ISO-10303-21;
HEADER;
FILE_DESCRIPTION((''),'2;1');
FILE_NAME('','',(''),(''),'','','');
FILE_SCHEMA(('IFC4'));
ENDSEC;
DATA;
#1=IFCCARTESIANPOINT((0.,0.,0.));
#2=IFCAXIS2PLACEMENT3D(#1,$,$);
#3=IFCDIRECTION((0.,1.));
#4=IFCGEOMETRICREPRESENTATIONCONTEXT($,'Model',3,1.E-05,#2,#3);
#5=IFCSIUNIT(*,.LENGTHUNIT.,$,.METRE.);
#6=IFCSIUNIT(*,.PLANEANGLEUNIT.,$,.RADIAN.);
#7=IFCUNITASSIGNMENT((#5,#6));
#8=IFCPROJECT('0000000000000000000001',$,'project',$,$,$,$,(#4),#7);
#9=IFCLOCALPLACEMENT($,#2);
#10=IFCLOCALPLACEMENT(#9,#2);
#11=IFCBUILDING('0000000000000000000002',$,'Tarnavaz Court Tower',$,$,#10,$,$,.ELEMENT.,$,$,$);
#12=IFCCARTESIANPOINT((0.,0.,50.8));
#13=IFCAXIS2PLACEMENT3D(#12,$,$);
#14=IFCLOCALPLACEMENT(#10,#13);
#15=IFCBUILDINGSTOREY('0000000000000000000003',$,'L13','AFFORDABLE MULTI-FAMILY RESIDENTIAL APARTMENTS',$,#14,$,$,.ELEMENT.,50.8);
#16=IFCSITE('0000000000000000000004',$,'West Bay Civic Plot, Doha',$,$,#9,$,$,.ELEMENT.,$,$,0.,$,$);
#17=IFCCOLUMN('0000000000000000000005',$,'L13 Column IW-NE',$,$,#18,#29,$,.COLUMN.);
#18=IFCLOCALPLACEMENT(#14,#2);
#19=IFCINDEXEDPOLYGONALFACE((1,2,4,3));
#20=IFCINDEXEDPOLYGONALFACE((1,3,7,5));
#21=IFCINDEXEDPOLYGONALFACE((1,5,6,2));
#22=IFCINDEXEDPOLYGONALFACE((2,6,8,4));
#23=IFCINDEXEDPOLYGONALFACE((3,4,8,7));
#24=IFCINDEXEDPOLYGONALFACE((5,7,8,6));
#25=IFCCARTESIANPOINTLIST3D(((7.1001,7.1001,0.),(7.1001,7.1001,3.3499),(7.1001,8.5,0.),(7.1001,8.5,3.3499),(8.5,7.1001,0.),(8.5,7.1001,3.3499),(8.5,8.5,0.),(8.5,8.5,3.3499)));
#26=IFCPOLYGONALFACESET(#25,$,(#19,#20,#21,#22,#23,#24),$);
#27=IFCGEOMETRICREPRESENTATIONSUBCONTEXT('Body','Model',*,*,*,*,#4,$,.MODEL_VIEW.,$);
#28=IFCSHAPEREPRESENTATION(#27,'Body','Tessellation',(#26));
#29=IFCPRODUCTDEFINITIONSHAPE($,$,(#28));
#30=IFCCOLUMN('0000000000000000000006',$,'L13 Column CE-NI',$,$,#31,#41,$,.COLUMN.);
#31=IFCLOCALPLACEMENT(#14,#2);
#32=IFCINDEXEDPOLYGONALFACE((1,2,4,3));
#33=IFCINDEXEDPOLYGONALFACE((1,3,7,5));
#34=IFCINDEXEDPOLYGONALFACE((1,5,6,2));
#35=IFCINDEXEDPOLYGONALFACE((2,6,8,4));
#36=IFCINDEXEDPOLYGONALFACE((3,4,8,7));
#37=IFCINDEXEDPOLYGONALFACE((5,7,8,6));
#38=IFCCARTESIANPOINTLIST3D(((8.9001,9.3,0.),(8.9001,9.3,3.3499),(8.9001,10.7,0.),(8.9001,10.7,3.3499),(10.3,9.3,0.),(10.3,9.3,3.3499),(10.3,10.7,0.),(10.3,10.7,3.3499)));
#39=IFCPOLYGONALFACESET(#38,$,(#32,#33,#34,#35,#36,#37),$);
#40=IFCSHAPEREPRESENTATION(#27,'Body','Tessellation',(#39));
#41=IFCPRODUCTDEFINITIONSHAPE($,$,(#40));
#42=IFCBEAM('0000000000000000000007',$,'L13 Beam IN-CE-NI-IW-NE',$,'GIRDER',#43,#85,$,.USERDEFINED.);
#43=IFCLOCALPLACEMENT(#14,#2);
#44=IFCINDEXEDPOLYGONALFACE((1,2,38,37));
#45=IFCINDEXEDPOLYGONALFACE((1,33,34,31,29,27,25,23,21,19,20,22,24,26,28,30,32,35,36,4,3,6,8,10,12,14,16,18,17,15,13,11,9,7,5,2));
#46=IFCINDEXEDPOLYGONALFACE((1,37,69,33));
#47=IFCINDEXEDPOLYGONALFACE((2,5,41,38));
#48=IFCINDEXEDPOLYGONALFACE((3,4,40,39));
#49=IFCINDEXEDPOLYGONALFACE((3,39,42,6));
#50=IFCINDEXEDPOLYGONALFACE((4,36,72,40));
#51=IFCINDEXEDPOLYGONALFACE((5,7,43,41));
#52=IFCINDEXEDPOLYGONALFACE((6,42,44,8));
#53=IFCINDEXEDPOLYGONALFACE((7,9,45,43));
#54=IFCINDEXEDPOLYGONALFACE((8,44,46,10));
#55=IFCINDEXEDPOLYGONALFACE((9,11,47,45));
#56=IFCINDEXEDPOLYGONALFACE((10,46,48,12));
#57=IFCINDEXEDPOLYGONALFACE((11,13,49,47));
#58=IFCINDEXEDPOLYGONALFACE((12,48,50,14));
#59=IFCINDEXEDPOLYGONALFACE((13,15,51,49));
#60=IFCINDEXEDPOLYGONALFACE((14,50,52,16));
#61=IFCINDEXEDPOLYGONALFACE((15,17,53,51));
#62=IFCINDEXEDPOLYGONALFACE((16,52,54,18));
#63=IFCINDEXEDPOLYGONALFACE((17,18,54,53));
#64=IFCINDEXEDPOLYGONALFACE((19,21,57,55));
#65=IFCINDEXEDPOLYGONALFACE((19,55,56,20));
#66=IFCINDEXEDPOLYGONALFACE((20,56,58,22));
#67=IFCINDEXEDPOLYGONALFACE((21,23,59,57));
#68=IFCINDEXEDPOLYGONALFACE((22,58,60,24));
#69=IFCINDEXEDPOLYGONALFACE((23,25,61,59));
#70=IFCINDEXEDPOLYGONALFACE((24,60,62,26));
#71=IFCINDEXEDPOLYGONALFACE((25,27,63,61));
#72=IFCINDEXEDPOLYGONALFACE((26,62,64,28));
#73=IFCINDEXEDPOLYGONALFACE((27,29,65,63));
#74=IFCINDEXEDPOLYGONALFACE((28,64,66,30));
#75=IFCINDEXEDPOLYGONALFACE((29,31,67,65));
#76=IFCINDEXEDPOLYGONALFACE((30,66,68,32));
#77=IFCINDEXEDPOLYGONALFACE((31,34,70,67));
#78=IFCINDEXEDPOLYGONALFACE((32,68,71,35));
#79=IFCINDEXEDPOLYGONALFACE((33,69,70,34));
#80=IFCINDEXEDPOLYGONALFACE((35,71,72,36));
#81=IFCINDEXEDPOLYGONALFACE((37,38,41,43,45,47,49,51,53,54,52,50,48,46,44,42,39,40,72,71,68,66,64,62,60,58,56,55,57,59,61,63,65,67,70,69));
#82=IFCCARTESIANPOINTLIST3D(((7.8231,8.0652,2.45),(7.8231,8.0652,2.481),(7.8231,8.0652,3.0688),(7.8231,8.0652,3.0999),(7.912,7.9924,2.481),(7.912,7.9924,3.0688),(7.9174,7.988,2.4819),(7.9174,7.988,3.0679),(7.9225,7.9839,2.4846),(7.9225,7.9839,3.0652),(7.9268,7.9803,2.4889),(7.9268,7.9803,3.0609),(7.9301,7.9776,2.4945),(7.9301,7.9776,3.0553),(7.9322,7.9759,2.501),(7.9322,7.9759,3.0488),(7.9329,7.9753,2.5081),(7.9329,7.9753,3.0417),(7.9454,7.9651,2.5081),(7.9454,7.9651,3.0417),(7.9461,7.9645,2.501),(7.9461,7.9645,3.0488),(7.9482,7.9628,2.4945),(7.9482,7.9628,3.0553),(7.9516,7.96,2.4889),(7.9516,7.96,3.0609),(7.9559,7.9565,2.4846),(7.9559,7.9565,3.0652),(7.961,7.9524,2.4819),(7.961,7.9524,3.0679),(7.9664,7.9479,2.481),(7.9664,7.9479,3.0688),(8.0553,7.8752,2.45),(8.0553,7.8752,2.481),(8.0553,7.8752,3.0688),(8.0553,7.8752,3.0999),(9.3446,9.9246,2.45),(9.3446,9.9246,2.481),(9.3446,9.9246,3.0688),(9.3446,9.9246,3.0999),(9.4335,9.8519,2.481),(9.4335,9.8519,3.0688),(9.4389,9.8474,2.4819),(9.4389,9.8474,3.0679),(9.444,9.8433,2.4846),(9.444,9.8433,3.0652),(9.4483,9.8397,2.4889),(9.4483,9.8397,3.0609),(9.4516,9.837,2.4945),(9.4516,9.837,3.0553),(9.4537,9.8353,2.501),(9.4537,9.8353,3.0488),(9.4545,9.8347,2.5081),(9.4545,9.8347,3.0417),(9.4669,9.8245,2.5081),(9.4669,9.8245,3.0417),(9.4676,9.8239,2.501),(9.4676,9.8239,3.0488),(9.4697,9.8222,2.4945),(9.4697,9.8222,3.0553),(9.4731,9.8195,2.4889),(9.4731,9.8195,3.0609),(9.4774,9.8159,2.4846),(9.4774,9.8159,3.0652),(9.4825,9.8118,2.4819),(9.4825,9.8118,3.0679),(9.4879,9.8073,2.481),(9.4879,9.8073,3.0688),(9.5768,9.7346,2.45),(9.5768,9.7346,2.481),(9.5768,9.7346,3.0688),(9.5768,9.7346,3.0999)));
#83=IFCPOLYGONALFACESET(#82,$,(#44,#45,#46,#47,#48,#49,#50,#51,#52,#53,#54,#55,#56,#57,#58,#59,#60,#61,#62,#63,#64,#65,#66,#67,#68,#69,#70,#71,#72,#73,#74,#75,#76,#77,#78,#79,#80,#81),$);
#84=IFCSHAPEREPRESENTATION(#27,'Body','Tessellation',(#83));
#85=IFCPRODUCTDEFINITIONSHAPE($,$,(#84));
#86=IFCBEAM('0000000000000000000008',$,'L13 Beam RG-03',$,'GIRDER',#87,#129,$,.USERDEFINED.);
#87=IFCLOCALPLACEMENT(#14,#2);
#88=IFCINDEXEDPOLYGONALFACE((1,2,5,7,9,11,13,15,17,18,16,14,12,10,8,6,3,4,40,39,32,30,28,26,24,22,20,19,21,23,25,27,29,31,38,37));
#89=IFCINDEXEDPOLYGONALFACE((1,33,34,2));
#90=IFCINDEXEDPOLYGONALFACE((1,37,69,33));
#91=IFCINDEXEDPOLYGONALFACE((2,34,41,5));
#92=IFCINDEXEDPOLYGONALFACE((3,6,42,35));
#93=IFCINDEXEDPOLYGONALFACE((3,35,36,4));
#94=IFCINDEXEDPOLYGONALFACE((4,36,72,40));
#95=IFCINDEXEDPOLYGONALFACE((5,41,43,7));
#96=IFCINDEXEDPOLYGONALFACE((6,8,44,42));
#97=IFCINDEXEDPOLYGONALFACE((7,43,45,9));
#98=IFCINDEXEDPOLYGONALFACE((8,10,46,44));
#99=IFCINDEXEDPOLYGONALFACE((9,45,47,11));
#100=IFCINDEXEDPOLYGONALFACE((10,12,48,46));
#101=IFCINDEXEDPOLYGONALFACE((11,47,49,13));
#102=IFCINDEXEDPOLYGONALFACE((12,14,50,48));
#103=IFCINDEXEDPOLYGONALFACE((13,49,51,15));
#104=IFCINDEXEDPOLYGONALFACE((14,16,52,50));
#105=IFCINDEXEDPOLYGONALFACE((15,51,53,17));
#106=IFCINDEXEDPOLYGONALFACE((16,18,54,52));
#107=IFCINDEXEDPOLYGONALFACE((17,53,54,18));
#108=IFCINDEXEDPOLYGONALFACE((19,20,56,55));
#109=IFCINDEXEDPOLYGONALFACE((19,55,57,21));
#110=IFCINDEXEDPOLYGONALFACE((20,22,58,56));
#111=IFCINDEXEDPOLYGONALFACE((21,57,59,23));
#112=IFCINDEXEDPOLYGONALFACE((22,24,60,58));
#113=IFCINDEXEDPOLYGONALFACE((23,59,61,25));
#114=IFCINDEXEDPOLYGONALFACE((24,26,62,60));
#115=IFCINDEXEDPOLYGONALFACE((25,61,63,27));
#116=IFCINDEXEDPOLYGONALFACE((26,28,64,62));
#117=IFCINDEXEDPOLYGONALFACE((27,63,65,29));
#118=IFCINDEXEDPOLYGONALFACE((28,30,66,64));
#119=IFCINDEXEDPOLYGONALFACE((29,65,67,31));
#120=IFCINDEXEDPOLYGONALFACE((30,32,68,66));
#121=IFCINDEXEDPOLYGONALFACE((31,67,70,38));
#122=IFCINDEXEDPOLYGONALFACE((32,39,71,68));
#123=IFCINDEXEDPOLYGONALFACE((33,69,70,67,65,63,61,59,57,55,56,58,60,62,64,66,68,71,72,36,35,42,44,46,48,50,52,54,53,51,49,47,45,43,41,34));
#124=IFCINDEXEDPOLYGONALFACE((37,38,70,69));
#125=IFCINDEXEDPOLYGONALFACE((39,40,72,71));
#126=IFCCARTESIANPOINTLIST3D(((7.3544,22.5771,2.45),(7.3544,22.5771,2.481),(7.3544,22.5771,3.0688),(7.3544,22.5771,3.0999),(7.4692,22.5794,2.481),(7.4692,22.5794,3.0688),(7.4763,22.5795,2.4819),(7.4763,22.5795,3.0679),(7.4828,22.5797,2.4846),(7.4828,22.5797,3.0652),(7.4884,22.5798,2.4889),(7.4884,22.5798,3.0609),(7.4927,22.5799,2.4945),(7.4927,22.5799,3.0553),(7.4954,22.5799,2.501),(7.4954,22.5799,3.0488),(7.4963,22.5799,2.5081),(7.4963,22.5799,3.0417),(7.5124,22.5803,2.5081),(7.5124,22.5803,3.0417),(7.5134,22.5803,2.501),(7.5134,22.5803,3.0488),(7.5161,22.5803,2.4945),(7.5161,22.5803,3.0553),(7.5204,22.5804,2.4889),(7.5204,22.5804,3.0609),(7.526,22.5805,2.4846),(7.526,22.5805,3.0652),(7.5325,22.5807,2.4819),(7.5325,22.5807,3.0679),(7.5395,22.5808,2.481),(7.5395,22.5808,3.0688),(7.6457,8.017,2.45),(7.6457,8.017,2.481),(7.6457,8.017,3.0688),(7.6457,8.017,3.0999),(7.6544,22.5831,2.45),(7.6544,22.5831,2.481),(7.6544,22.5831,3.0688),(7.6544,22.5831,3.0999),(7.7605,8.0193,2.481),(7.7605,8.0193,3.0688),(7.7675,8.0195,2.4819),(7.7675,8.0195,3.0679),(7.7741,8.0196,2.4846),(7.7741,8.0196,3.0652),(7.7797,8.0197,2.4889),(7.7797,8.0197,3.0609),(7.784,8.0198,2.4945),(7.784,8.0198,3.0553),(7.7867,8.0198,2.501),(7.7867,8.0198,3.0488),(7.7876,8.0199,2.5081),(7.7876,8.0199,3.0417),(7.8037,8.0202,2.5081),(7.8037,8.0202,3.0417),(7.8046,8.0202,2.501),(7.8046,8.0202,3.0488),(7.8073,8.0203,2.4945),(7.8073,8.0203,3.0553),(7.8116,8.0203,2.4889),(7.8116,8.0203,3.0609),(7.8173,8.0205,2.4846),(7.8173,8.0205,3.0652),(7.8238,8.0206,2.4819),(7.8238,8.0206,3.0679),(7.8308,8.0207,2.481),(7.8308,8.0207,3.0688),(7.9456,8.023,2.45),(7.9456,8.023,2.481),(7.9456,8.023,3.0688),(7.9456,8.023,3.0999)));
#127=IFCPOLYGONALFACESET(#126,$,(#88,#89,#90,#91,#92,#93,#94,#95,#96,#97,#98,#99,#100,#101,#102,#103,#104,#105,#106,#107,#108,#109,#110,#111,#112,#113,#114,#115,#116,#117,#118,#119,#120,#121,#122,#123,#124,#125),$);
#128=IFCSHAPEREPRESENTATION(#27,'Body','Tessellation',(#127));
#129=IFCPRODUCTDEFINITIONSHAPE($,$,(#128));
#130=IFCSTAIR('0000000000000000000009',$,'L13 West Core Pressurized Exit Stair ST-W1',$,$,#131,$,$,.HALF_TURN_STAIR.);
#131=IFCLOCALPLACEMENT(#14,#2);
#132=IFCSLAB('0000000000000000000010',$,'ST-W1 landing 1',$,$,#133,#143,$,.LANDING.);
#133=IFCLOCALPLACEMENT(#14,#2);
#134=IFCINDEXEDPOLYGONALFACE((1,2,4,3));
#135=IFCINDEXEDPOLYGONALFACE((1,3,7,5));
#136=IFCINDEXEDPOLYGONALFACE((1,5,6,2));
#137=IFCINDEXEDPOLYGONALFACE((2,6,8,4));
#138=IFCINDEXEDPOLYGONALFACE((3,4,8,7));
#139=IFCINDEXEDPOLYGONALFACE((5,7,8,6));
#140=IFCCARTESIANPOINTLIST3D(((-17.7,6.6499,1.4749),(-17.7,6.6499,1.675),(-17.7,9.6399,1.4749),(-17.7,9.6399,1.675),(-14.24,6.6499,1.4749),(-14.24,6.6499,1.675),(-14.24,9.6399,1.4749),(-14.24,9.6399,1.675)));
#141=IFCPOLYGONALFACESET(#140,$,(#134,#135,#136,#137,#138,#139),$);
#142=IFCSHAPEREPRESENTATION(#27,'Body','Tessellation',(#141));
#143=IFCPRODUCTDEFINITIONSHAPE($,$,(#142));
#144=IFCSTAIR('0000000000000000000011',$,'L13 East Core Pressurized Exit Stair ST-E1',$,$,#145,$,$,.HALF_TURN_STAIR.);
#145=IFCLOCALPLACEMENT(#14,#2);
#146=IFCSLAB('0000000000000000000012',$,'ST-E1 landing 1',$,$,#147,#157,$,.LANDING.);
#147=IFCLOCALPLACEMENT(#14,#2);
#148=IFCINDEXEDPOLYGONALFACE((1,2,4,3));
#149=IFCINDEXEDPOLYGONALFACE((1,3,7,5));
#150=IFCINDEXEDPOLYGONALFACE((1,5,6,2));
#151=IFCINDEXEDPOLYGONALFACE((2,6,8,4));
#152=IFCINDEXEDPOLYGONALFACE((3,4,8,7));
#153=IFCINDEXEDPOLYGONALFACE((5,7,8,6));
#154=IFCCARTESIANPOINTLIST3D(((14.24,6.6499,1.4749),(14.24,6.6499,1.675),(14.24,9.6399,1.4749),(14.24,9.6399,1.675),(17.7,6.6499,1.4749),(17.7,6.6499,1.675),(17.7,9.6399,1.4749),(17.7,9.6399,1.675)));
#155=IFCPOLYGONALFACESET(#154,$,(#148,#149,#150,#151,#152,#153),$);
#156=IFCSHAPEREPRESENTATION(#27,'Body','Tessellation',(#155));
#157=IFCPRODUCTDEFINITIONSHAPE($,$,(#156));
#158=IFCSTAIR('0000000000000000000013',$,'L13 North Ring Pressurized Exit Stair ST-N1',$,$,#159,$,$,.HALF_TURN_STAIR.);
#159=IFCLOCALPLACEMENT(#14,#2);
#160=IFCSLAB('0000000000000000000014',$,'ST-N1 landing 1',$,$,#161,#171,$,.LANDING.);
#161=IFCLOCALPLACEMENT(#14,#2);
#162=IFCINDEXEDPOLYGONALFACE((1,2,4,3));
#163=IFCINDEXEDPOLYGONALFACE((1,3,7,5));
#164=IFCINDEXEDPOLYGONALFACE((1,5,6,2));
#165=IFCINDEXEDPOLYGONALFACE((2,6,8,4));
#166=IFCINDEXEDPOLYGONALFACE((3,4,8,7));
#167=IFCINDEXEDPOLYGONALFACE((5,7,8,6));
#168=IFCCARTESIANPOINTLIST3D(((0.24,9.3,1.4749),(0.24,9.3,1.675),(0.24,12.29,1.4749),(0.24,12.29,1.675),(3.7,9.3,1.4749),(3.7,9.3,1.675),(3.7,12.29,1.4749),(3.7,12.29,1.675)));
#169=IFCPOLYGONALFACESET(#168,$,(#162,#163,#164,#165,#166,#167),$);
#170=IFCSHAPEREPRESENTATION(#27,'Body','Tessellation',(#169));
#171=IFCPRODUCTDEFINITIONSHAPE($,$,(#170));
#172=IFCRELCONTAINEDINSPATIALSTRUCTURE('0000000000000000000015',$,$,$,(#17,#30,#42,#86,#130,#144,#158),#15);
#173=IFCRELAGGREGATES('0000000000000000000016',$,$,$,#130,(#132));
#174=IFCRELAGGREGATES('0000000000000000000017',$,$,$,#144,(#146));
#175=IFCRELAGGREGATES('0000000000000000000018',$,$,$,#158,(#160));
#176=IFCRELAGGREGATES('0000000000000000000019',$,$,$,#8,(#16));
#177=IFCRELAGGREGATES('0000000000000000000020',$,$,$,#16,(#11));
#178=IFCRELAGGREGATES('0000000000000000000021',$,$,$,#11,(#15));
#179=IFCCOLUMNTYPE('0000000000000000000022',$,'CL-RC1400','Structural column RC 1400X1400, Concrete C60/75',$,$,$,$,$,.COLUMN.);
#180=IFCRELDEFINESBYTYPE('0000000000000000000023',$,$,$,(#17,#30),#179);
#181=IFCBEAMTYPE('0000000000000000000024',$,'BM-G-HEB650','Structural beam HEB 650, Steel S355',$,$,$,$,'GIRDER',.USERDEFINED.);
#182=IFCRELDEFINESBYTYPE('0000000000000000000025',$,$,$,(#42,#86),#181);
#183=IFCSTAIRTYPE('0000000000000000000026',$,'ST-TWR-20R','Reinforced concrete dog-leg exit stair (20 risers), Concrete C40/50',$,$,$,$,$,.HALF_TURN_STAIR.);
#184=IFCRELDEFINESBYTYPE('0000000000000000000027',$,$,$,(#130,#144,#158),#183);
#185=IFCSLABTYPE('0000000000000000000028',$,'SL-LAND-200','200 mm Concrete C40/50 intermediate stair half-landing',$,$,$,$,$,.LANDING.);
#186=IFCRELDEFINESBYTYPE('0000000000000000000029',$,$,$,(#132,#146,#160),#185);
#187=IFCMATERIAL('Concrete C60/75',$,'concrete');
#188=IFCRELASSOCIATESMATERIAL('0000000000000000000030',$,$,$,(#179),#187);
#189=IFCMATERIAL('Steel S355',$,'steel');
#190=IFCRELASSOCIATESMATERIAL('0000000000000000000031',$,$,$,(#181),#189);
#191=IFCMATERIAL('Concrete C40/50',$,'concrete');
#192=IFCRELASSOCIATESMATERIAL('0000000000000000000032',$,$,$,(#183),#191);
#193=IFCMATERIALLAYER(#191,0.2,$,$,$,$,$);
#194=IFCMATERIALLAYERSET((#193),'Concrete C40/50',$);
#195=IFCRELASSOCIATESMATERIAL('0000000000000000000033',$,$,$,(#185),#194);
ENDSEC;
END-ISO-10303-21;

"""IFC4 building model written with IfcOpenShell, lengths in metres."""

from ifc_helpers import new_model, si_unit, direction, frame, origin, origin_2d, place, context, subcontext, project, spatial, polyline, rectangle, i_section, outline, extrude, material, layer, layer_set, material_profile, profile_set, type_object, element, aggregate, save


model = new_model("IFC4")

# Units and contexts
model_context = context("Model", 3, precision=1e-05, world=origin(), true_north=direction((0.0, 1.0)))
body_context = subcontext(model_context, "Body", "Model", "MODEL_VIEW")
ifc_project = project(units=[si_unit("LENGTHUNIT", "METRE"), si_unit("PLANEANGLEUNIT", "RADIAN")], contexts=[model_context])

# Site, building, storey
site_placement = place(None, origin())
site = spatial("IfcSite", under=ifc_project, at=site_placement, Name="West Bay Civic Plot, Doha", CompositionType="ELEMENT", RefElevation=0.0)
building_placement = place(site_placement, origin())
building = spatial("IfcBuilding", under=site, at=building_placement, Name="Tarnavaz Court Tower", CompositionType="ELEMENT")
storey_placement = place(building_placement, frame((0.0, 0.0, 50.8)))
storey = spatial("IfcBuildingStorey", under=building, at=storey_placement, Name="L13", Description="AFFORDABLE MULTI-FAMILY RESIDENTIAL APARTMENTS", CompositionType="ELEMENT", Elevation=50.8)

# Columns
ifc_material_1 = material(Name="Concrete C60/75", Category="concrete")
ifc_material_profile_1 = material_profile(ifc_material_1, rectangle(XDim=1.3999, YDim=1.3999, at=origin_2d()), Name="RC 1400X1400")
ifc_profile_set_1 = profile_set([ifc_material_profile_1], Name="Concrete C60/75")
column_type = type_object("IfcColumnType", Name="CL-RC1400", Description="Structural column RC 1400X1400, Concrete C60/75", PredefinedType="COLUMN", material=ifc_profile_set_1)
for number, where, z_axis, x_axis, name in (
    (1, (7.8, 7.8, 0.0), (0.0, 0.0, 1.0), (1.0, 0.0, 0.0), "L13 Column IW-NE"),
    (2, (9.6001, 10.0, 0.0), (0.0, 0.0, 1.0), (1.0, 0.0, 0.0), "L13 Column CE-NI"),
):
    element("IfcColumn", number, at=place(storey_placement, frame(where, z_axis=z_axis, x_axis=x_axis)), inside=storey, type_object=column_type, Name=name, PredefinedType="COLUMN", context=body_context, shape_type="SweptSolid", body=[
        extrude(rectangle(XDim=1.3999, YDim=1.3999, at=origin_2d()), origin(), (0.0, 0.0, 1.0), 3.3499),
    ])

# Beams
ifc_material_2 = material(Name="Steel S355", Category="steel")
ifc_material_profile_2 = material_profile(ifc_material_2, i_section(OverallWidth=0.3, OverallDepth=0.6499, WebThickness=0.0161, FlangeThickness=0.031, FilletRadius=0.0271, at=origin_2d()), Name="HEB 650")
ifc_profile_set_2 = profile_set([ifc_material_profile_2], Name="Steel S355")
beam_type = type_object("IfcBeamType", Name="BM-G-HEB650", Description="Structural beam HEB 650, Steel S355", ElementType="GIRDER", PredefinedType="USERDEFINED", material=ifc_profile_set_2)
beam_1_placement = place(storey_placement, frame((9.4607, 9.8296, 2.7749), z_axis=(-0.633282, -0.773921, 0.0), x_axis=(0.773921, -0.633282, 0.0)))
element("IfcBeam", 3, at=beam_1_placement, inside=storey, type_object=beam_type, Name="L13 Beam IN-CE-NI-IW-NE", ObjectType="GIRDER", PredefinedType="USERDEFINED", context=body_context, shape_type="SweptSolid", body=[
    extrude(i_section(OverallWidth=0.3, OverallDepth=0.6499, WebThickness=0.0161, FlangeThickness=0.031, FilletRadius=0.0271, at=origin_2d()), origin(), (0.0, 0.0, 1.0), 2.4026),
])
beam_2_placement = place(storey_placement, frame((7.7957, 8.02, 2.7749), z_axis=(-0.02, 0.9998, 0.0), x_axis=(-0.9998, -0.02, 0.0)))
element("IfcBeam", 4, at=beam_2_placement, inside=storey, type_object=beam_type, Name="L13 Beam RG-03", ObjectType="GIRDER", PredefinedType="USERDEFINED", context=body_context, shape_type="SweptSolid", body=[
    extrude(i_section(OverallWidth=0.3, OverallDepth=0.6499, WebThickness=0.0161, FlangeThickness=0.031, FilletRadius=0.0271, at=origin_2d()), origin(), (0.0, 0.0, 1.0), 14.563),
])

# Stairs, slabs
ifc_material_3 = material(Name="Concrete C40/50", Category="concrete")
stair_type = type_object("IfcStairType", Name="ST-TWR-20R", Description="Reinforced concrete dog-leg exit stair (20 risers), Concrete C40/50", PredefinedType="HALF_TURN_STAIR", material=ifc_material_3)
stair_1_placement = place(storey_placement, origin())
stair_1 = element("IfcStair", 5, at=stair_1_placement, inside=storey, type_object=stair_type, Name="L13 West Core Pressurized Exit Stair ST-W1", PredefinedType="HALF_TURN_STAIR")
ifc_layer_1 = layer(ifc_material_3, 0.2)
ifc_layer_set_1 = layer_set([ifc_layer_1], Name="Concrete C40/50")
slab_type_1 = type_object("IfcSlabType", Name="SL-LAND-200", Description="200 mm Concrete C40/50 intermediate stair half-landing", PredefinedType="LANDING", material=ifc_layer_set_1)
slab_1_placement = place(storey_placement, frame((0.0, 0.0, 1.4749)))
slab_1 = element("IfcSlab", 6, at=slab_1_placement, type_object=slab_type_1, Name="ST-W1 landing 1", PredefinedType="LANDING", context=body_context, shape_type="SweptSolid", body=[
    extrude(outline(polyline([(-14.24, 9.6399), (-17.7, 9.6399), (-17.7, 6.6499), (-14.24, 6.6499), (-14.24, 9.6399)])), origin(), (0.0, 0.0, 1.0), 0.2002),
])
aggregate(stair_1, [slab_1])
stair_2_placement = place(storey_placement, origin())
stair_2 = element("IfcStair", 7, at=stair_2_placement, inside=storey, type_object=stair_type, Name="L13 East Core Pressurized Exit Stair ST-E1", PredefinedType="HALF_TURN_STAIR")
slab_2_placement = place(storey_placement, frame((0.0, 0.0, 1.4749)))
slab_2 = element("IfcSlab", 8, at=slab_2_placement, type_object=slab_type_1, Name="ST-E1 landing 1", PredefinedType="LANDING", context=body_context, shape_type="SweptSolid", body=[
    extrude(outline(polyline([(14.24, 6.6499), (17.7, 6.6499), (17.7, 9.6399), (14.24, 9.6399), (14.24, 6.6499)])), origin(), (0.0, 0.0, 1.0), 0.2002),
])
aggregate(stair_2, [slab_2])
stair_3_placement = place(storey_placement, origin())
stair_3 = element("IfcStair", 9, at=stair_3_placement, inside=storey, type_object=stair_type, Name="L13 North Ring Pressurized Exit Stair ST-N1", PredefinedType="HALF_TURN_STAIR")
slab_3_placement = place(storey_placement, frame((0.0, 0.0, 1.4749)))
slab_3 = element("IfcSlab", 10, at=slab_3_placement, type_object=slab_type_1, Name="ST-N1 landing 1", PredefinedType="LANDING", context=body_context, shape_type="SweptSolid", body=[
    extrude(outline(polyline([(0.24, 9.3), (3.7, 9.3), (3.7, 12.29), (0.24, 12.29), (0.24, 9.3)])), origin(), (0.0, 0.0, 1.0), 0.2002),
])

aggregate(stair_3, [slab_3])

save(model, "model.ifc")
